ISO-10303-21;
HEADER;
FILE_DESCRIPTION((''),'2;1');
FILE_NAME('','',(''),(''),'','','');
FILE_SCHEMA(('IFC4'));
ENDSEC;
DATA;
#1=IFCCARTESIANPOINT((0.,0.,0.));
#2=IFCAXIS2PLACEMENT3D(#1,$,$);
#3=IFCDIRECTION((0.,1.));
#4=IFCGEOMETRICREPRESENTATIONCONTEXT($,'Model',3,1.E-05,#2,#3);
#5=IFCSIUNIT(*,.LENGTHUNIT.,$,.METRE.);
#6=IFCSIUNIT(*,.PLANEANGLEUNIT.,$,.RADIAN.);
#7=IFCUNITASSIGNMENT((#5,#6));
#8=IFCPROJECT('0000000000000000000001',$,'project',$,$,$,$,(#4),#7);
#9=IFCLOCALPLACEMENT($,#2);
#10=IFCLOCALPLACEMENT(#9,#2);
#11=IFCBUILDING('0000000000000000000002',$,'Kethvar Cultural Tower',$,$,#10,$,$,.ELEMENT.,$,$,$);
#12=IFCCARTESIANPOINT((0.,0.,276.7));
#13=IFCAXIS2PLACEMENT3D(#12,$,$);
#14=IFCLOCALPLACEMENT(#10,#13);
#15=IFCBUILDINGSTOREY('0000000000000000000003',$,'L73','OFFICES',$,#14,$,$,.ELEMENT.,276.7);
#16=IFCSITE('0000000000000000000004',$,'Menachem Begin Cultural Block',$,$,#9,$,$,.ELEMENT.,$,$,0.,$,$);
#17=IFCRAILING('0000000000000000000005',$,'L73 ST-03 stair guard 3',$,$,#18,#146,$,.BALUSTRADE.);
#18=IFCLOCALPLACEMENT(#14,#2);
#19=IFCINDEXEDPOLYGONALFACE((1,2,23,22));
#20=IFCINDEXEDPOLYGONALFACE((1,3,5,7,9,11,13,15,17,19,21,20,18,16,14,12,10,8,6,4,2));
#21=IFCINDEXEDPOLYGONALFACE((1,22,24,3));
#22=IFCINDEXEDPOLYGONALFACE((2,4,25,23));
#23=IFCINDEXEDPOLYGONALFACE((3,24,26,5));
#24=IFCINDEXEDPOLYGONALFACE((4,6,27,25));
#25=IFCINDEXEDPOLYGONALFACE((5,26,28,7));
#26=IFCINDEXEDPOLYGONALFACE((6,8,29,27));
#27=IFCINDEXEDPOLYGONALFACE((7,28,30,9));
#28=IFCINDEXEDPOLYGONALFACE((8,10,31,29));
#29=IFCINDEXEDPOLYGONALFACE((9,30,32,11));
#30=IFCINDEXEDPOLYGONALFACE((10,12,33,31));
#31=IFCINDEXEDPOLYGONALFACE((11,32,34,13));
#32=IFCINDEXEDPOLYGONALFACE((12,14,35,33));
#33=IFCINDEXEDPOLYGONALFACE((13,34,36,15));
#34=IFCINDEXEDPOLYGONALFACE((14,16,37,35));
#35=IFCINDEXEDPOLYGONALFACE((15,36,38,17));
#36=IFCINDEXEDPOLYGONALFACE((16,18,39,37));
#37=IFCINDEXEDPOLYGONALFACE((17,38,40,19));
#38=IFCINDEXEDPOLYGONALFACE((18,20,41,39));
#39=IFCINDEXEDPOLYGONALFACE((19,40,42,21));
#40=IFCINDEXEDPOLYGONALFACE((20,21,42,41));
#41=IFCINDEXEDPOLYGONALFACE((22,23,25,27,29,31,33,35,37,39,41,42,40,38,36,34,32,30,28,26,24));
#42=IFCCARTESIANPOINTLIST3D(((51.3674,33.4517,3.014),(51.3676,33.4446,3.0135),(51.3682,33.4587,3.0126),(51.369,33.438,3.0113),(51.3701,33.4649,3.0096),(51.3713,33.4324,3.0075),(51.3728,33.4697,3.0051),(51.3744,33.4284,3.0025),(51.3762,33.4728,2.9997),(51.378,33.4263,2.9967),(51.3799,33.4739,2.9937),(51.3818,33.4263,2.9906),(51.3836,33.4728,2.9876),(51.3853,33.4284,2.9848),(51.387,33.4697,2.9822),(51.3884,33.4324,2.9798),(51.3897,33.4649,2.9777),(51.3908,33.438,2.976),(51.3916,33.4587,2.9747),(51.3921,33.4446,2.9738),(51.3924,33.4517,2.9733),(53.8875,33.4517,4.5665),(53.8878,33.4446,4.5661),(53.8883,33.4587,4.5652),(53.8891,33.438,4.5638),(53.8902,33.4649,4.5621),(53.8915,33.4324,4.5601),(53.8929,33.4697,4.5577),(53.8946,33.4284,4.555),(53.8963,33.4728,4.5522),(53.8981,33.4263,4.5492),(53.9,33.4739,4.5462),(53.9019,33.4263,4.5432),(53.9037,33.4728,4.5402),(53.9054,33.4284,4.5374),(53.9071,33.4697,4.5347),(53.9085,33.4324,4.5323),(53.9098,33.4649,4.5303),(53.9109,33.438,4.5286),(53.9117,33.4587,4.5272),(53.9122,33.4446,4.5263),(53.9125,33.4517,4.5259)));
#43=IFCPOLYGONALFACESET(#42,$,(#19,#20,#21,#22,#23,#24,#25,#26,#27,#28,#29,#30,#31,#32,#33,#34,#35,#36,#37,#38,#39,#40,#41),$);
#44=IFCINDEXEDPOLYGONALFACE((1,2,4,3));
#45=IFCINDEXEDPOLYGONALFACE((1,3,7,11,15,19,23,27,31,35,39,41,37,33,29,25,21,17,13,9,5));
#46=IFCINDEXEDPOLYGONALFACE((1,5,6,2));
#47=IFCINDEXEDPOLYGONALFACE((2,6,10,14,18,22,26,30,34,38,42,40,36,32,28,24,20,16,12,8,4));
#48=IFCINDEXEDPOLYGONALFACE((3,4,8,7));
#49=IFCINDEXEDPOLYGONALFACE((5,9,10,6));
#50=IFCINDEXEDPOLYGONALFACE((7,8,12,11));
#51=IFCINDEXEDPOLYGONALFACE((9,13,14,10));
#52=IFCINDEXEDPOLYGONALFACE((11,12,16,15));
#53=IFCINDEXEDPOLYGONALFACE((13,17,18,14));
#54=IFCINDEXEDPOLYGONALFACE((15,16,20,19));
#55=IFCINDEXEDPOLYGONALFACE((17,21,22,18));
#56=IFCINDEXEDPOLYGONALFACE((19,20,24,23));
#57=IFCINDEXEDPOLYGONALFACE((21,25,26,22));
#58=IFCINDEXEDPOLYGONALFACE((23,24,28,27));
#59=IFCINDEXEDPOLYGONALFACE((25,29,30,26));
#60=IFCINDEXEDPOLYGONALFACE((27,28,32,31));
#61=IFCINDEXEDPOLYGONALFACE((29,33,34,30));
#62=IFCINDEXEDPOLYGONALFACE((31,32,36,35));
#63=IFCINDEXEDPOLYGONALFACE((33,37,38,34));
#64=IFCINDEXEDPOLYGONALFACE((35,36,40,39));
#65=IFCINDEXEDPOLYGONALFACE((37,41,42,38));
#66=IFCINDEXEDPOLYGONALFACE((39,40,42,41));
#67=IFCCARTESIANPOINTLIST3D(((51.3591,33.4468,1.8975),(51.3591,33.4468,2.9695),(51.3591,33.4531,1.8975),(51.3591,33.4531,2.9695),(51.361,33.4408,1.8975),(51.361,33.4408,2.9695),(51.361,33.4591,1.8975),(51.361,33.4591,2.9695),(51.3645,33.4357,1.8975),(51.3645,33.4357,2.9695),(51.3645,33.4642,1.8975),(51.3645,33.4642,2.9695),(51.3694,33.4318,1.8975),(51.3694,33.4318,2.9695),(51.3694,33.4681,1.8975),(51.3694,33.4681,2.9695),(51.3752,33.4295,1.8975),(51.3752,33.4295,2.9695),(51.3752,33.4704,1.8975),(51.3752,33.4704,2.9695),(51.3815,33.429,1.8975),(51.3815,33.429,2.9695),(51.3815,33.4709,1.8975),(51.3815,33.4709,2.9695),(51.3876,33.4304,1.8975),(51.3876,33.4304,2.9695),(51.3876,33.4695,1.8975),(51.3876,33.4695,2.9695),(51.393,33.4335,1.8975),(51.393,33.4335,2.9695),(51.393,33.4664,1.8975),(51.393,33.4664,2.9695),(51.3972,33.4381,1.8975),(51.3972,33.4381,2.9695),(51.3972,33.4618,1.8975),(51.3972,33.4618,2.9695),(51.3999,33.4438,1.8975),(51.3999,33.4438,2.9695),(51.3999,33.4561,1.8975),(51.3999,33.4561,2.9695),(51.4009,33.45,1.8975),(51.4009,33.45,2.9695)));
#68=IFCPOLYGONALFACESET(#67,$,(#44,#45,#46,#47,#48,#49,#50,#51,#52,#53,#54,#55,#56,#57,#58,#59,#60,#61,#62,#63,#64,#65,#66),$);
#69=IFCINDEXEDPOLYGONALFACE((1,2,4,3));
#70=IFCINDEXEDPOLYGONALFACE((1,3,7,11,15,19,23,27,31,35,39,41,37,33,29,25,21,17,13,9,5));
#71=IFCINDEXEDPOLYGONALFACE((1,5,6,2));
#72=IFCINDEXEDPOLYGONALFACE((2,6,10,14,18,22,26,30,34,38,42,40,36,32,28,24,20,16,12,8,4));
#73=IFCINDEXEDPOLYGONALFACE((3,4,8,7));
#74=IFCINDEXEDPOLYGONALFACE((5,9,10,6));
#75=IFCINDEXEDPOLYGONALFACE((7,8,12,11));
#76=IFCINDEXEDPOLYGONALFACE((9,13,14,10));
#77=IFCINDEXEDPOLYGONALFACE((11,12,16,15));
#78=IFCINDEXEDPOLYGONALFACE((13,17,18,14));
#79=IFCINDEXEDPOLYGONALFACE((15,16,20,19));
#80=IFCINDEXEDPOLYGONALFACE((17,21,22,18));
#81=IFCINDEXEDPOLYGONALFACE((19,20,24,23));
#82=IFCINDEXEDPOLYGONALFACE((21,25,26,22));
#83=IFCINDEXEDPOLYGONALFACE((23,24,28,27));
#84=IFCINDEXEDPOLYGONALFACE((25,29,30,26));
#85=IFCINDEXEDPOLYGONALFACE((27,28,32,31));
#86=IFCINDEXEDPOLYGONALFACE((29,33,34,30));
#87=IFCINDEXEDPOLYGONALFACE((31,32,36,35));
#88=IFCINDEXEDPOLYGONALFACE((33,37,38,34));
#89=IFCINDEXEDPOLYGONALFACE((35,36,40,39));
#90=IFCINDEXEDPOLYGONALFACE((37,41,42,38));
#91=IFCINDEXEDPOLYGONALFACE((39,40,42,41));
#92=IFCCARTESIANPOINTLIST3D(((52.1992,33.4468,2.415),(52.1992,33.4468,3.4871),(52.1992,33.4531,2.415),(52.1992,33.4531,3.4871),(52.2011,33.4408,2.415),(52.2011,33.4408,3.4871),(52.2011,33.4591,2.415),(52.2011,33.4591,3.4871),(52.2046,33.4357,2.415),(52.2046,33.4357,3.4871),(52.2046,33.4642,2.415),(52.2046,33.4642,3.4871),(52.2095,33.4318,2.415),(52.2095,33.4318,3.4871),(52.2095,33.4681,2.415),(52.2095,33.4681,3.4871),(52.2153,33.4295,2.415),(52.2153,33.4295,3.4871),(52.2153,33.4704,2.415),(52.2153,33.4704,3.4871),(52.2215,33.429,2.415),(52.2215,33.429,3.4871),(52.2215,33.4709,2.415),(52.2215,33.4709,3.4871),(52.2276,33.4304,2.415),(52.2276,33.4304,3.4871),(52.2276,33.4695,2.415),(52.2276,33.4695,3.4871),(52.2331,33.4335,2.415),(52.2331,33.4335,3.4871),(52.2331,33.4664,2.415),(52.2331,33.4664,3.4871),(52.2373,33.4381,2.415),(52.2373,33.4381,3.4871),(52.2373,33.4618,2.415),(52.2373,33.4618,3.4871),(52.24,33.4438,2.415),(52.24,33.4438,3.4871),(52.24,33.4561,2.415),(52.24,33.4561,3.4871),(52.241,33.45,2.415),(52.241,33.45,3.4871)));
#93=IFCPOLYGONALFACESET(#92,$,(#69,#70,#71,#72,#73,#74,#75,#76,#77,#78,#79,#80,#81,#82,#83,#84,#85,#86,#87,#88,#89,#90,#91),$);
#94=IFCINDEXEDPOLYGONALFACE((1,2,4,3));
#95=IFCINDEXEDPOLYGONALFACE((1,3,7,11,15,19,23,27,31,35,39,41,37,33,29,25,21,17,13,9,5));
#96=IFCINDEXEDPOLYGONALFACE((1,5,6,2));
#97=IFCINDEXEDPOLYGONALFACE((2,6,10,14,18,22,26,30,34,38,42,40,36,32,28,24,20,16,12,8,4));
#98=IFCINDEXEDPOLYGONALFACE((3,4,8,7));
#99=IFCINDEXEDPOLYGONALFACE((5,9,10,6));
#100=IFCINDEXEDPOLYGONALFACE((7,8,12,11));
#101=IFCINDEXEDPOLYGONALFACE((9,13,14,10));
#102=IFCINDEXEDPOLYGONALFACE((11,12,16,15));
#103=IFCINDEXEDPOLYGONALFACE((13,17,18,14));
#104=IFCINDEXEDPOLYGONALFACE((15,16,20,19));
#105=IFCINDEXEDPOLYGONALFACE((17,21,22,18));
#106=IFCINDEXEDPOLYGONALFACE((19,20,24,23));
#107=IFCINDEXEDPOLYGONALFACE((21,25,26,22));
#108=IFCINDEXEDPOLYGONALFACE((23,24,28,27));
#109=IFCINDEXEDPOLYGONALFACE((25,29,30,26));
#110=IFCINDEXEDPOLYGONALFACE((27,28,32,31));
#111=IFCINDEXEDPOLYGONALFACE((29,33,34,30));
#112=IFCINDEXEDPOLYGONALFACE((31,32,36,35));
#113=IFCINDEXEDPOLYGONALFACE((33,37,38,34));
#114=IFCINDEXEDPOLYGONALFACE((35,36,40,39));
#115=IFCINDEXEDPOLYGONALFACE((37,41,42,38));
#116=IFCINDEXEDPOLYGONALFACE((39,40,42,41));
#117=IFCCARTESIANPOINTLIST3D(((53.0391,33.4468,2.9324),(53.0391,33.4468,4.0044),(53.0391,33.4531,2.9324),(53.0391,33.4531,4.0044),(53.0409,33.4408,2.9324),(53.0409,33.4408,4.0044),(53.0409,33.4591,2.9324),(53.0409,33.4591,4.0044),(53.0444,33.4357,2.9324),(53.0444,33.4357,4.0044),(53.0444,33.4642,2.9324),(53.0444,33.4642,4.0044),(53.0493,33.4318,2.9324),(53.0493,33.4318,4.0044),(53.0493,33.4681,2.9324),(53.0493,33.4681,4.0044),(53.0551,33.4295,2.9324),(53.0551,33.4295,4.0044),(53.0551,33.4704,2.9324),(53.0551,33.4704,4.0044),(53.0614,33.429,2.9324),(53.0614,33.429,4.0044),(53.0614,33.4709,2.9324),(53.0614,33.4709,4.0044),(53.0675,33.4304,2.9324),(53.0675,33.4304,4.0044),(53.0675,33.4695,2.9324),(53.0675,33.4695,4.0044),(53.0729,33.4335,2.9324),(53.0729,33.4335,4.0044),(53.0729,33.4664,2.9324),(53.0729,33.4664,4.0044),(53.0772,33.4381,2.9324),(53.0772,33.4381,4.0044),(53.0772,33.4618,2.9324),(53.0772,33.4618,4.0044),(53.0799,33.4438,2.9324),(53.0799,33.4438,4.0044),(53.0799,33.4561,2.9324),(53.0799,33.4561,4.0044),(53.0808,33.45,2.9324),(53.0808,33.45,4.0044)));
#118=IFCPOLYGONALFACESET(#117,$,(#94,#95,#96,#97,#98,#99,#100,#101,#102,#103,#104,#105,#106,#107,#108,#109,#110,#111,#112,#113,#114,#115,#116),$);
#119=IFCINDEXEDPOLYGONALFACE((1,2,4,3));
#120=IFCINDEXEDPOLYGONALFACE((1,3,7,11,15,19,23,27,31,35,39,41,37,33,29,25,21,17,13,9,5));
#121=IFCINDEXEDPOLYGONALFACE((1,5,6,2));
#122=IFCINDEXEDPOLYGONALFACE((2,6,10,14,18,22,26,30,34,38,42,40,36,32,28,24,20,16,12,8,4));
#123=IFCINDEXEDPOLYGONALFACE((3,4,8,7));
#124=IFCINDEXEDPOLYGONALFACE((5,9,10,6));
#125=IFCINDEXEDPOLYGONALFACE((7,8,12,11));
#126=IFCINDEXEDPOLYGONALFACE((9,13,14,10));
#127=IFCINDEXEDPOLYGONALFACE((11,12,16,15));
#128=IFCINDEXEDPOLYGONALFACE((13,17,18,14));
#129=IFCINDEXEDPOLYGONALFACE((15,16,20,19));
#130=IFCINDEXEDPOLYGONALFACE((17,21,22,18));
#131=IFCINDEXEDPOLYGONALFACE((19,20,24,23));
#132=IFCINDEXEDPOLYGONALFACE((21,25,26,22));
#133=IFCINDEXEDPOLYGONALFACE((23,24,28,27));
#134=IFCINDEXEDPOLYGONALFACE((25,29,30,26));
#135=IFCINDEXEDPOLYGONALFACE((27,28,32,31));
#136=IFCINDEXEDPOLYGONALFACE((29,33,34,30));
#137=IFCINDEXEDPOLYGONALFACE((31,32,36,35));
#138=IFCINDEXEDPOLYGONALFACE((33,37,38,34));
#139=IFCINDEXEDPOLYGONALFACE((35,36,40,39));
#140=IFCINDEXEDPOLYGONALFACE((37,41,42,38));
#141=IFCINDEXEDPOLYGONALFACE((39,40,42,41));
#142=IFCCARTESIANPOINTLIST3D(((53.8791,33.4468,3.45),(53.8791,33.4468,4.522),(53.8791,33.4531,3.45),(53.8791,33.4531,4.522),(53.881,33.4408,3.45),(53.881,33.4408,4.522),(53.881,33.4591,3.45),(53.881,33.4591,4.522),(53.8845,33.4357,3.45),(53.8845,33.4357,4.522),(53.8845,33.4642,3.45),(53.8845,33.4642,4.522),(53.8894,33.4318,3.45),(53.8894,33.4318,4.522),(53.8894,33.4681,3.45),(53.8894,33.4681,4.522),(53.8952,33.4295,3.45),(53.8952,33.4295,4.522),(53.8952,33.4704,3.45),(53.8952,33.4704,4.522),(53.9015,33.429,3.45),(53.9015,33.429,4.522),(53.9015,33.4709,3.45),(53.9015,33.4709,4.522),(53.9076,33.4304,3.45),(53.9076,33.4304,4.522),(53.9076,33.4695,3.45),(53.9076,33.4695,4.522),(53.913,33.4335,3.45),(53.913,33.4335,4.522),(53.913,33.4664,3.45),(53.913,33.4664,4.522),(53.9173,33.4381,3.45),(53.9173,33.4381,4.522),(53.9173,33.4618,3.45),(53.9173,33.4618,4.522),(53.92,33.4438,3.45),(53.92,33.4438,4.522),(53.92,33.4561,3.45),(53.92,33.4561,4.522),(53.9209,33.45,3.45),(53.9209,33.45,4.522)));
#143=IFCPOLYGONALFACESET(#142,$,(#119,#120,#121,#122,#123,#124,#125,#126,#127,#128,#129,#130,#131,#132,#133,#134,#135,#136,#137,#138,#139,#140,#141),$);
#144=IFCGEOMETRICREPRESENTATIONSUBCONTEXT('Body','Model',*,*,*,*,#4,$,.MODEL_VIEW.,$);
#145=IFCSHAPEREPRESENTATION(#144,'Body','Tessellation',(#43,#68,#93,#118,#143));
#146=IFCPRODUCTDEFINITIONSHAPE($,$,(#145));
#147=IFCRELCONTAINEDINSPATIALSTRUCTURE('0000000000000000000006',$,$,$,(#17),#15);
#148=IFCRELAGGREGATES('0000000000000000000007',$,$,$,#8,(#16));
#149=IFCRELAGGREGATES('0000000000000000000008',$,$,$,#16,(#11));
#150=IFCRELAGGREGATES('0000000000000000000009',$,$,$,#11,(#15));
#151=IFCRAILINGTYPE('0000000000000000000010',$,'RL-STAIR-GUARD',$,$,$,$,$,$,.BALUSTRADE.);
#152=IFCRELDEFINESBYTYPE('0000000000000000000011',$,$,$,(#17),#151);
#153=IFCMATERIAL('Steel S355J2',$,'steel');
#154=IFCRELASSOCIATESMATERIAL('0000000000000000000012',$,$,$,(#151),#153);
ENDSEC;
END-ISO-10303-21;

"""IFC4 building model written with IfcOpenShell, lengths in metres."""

from ifc_helpers import new_model, si_unit, direction, frame, origin, origin_2d, place, context, subcontext, project, spatial, circle, extrude, material, type_object, element, save


model = new_model("IFC4")

# Units and contexts
model_context = context("Model", 3, precision=1e-05, world=origin(), true_north=direction((0.0, 1.0)))
body_context = subcontext(model_context, "Body", "Model", "MODEL_VIEW")
ifc_project = project(units=[si_unit("LENGTHUNIT", "METRE"), si_unit("PLANEANGLEUNIT", "RADIAN")], contexts=[model_context])

# Site, building, storey
site_placement = place(None, origin())
site = spatial("IfcSite", under=ifc_project, at=site_placement, Name="Menachem Begin Cultural Block", CompositionType="ELEMENT", RefElevation=0.0)
building_placement = place(site_placement, origin())
building = spatial("IfcBuilding", under=site, at=building_placement, Name="Kethvar Cultural Tower", CompositionType="ELEMENT")
storey_placement = place(building_placement, frame((0.0, 0.0, 276.7)))
storey = spatial("IfcBuildingStorey", under=building, at=storey_placement, Name="L73", Description="OFFICES", CompositionType="ELEMENT", Elevation=276.7)

# Shared definitions
ifc_material_1 = material(Name="Steel S355J2", Category="steel")

# Railing
railing_type_1 = type_object("IfcRailingType", Name="RL-STAIR-GUARD", PredefinedType="BALUSTRADE", material=ifc_material_1)
railing_1_placement = place(storey_placement, frame((51.3799, 33.45, 1.8975)))
element("IfcRailing", 1, at=railing_1_placement, inside=storey, type_object=railing_type_1, Name="L73 ST-03 stair guard 3", PredefinedType="BALUSTRADE", context=body_context, shape_type="SweptSolid", body=[
    extrude(circle(Radius=0.0239, at=origin_2d()), frame((0.0, 0.0, 1.0962), z_axis=(0.8514, 0.0, 0.524516), x_axis=(0.0, 1.0, 0.0)), (0.0, 0.0, 1.0), 2.96),
    extrude(circle(Radius=0.021, at=origin_2d()), origin(), (0.0, 0.0, 1.0), 1.072),
    extrude(circle(Radius=0.021, at=origin_2d()), frame((0.8401, 0.0, 0.5176)), (0.0, 0.0, 1.0), 1.072),
    extrude(circle(Radius=0.021, at=origin_2d()), frame((1.6799, 0.0, 1.0349)), (0.0, 0.0, 1.0), 1.072),
    extrude(circle(Radius=0.021, at=origin_2d()), frame((2.52, 0.0, 1.5525)), (0.0, 0.0, 1.0), 1.072),
])

save(model, "model.ifc")
